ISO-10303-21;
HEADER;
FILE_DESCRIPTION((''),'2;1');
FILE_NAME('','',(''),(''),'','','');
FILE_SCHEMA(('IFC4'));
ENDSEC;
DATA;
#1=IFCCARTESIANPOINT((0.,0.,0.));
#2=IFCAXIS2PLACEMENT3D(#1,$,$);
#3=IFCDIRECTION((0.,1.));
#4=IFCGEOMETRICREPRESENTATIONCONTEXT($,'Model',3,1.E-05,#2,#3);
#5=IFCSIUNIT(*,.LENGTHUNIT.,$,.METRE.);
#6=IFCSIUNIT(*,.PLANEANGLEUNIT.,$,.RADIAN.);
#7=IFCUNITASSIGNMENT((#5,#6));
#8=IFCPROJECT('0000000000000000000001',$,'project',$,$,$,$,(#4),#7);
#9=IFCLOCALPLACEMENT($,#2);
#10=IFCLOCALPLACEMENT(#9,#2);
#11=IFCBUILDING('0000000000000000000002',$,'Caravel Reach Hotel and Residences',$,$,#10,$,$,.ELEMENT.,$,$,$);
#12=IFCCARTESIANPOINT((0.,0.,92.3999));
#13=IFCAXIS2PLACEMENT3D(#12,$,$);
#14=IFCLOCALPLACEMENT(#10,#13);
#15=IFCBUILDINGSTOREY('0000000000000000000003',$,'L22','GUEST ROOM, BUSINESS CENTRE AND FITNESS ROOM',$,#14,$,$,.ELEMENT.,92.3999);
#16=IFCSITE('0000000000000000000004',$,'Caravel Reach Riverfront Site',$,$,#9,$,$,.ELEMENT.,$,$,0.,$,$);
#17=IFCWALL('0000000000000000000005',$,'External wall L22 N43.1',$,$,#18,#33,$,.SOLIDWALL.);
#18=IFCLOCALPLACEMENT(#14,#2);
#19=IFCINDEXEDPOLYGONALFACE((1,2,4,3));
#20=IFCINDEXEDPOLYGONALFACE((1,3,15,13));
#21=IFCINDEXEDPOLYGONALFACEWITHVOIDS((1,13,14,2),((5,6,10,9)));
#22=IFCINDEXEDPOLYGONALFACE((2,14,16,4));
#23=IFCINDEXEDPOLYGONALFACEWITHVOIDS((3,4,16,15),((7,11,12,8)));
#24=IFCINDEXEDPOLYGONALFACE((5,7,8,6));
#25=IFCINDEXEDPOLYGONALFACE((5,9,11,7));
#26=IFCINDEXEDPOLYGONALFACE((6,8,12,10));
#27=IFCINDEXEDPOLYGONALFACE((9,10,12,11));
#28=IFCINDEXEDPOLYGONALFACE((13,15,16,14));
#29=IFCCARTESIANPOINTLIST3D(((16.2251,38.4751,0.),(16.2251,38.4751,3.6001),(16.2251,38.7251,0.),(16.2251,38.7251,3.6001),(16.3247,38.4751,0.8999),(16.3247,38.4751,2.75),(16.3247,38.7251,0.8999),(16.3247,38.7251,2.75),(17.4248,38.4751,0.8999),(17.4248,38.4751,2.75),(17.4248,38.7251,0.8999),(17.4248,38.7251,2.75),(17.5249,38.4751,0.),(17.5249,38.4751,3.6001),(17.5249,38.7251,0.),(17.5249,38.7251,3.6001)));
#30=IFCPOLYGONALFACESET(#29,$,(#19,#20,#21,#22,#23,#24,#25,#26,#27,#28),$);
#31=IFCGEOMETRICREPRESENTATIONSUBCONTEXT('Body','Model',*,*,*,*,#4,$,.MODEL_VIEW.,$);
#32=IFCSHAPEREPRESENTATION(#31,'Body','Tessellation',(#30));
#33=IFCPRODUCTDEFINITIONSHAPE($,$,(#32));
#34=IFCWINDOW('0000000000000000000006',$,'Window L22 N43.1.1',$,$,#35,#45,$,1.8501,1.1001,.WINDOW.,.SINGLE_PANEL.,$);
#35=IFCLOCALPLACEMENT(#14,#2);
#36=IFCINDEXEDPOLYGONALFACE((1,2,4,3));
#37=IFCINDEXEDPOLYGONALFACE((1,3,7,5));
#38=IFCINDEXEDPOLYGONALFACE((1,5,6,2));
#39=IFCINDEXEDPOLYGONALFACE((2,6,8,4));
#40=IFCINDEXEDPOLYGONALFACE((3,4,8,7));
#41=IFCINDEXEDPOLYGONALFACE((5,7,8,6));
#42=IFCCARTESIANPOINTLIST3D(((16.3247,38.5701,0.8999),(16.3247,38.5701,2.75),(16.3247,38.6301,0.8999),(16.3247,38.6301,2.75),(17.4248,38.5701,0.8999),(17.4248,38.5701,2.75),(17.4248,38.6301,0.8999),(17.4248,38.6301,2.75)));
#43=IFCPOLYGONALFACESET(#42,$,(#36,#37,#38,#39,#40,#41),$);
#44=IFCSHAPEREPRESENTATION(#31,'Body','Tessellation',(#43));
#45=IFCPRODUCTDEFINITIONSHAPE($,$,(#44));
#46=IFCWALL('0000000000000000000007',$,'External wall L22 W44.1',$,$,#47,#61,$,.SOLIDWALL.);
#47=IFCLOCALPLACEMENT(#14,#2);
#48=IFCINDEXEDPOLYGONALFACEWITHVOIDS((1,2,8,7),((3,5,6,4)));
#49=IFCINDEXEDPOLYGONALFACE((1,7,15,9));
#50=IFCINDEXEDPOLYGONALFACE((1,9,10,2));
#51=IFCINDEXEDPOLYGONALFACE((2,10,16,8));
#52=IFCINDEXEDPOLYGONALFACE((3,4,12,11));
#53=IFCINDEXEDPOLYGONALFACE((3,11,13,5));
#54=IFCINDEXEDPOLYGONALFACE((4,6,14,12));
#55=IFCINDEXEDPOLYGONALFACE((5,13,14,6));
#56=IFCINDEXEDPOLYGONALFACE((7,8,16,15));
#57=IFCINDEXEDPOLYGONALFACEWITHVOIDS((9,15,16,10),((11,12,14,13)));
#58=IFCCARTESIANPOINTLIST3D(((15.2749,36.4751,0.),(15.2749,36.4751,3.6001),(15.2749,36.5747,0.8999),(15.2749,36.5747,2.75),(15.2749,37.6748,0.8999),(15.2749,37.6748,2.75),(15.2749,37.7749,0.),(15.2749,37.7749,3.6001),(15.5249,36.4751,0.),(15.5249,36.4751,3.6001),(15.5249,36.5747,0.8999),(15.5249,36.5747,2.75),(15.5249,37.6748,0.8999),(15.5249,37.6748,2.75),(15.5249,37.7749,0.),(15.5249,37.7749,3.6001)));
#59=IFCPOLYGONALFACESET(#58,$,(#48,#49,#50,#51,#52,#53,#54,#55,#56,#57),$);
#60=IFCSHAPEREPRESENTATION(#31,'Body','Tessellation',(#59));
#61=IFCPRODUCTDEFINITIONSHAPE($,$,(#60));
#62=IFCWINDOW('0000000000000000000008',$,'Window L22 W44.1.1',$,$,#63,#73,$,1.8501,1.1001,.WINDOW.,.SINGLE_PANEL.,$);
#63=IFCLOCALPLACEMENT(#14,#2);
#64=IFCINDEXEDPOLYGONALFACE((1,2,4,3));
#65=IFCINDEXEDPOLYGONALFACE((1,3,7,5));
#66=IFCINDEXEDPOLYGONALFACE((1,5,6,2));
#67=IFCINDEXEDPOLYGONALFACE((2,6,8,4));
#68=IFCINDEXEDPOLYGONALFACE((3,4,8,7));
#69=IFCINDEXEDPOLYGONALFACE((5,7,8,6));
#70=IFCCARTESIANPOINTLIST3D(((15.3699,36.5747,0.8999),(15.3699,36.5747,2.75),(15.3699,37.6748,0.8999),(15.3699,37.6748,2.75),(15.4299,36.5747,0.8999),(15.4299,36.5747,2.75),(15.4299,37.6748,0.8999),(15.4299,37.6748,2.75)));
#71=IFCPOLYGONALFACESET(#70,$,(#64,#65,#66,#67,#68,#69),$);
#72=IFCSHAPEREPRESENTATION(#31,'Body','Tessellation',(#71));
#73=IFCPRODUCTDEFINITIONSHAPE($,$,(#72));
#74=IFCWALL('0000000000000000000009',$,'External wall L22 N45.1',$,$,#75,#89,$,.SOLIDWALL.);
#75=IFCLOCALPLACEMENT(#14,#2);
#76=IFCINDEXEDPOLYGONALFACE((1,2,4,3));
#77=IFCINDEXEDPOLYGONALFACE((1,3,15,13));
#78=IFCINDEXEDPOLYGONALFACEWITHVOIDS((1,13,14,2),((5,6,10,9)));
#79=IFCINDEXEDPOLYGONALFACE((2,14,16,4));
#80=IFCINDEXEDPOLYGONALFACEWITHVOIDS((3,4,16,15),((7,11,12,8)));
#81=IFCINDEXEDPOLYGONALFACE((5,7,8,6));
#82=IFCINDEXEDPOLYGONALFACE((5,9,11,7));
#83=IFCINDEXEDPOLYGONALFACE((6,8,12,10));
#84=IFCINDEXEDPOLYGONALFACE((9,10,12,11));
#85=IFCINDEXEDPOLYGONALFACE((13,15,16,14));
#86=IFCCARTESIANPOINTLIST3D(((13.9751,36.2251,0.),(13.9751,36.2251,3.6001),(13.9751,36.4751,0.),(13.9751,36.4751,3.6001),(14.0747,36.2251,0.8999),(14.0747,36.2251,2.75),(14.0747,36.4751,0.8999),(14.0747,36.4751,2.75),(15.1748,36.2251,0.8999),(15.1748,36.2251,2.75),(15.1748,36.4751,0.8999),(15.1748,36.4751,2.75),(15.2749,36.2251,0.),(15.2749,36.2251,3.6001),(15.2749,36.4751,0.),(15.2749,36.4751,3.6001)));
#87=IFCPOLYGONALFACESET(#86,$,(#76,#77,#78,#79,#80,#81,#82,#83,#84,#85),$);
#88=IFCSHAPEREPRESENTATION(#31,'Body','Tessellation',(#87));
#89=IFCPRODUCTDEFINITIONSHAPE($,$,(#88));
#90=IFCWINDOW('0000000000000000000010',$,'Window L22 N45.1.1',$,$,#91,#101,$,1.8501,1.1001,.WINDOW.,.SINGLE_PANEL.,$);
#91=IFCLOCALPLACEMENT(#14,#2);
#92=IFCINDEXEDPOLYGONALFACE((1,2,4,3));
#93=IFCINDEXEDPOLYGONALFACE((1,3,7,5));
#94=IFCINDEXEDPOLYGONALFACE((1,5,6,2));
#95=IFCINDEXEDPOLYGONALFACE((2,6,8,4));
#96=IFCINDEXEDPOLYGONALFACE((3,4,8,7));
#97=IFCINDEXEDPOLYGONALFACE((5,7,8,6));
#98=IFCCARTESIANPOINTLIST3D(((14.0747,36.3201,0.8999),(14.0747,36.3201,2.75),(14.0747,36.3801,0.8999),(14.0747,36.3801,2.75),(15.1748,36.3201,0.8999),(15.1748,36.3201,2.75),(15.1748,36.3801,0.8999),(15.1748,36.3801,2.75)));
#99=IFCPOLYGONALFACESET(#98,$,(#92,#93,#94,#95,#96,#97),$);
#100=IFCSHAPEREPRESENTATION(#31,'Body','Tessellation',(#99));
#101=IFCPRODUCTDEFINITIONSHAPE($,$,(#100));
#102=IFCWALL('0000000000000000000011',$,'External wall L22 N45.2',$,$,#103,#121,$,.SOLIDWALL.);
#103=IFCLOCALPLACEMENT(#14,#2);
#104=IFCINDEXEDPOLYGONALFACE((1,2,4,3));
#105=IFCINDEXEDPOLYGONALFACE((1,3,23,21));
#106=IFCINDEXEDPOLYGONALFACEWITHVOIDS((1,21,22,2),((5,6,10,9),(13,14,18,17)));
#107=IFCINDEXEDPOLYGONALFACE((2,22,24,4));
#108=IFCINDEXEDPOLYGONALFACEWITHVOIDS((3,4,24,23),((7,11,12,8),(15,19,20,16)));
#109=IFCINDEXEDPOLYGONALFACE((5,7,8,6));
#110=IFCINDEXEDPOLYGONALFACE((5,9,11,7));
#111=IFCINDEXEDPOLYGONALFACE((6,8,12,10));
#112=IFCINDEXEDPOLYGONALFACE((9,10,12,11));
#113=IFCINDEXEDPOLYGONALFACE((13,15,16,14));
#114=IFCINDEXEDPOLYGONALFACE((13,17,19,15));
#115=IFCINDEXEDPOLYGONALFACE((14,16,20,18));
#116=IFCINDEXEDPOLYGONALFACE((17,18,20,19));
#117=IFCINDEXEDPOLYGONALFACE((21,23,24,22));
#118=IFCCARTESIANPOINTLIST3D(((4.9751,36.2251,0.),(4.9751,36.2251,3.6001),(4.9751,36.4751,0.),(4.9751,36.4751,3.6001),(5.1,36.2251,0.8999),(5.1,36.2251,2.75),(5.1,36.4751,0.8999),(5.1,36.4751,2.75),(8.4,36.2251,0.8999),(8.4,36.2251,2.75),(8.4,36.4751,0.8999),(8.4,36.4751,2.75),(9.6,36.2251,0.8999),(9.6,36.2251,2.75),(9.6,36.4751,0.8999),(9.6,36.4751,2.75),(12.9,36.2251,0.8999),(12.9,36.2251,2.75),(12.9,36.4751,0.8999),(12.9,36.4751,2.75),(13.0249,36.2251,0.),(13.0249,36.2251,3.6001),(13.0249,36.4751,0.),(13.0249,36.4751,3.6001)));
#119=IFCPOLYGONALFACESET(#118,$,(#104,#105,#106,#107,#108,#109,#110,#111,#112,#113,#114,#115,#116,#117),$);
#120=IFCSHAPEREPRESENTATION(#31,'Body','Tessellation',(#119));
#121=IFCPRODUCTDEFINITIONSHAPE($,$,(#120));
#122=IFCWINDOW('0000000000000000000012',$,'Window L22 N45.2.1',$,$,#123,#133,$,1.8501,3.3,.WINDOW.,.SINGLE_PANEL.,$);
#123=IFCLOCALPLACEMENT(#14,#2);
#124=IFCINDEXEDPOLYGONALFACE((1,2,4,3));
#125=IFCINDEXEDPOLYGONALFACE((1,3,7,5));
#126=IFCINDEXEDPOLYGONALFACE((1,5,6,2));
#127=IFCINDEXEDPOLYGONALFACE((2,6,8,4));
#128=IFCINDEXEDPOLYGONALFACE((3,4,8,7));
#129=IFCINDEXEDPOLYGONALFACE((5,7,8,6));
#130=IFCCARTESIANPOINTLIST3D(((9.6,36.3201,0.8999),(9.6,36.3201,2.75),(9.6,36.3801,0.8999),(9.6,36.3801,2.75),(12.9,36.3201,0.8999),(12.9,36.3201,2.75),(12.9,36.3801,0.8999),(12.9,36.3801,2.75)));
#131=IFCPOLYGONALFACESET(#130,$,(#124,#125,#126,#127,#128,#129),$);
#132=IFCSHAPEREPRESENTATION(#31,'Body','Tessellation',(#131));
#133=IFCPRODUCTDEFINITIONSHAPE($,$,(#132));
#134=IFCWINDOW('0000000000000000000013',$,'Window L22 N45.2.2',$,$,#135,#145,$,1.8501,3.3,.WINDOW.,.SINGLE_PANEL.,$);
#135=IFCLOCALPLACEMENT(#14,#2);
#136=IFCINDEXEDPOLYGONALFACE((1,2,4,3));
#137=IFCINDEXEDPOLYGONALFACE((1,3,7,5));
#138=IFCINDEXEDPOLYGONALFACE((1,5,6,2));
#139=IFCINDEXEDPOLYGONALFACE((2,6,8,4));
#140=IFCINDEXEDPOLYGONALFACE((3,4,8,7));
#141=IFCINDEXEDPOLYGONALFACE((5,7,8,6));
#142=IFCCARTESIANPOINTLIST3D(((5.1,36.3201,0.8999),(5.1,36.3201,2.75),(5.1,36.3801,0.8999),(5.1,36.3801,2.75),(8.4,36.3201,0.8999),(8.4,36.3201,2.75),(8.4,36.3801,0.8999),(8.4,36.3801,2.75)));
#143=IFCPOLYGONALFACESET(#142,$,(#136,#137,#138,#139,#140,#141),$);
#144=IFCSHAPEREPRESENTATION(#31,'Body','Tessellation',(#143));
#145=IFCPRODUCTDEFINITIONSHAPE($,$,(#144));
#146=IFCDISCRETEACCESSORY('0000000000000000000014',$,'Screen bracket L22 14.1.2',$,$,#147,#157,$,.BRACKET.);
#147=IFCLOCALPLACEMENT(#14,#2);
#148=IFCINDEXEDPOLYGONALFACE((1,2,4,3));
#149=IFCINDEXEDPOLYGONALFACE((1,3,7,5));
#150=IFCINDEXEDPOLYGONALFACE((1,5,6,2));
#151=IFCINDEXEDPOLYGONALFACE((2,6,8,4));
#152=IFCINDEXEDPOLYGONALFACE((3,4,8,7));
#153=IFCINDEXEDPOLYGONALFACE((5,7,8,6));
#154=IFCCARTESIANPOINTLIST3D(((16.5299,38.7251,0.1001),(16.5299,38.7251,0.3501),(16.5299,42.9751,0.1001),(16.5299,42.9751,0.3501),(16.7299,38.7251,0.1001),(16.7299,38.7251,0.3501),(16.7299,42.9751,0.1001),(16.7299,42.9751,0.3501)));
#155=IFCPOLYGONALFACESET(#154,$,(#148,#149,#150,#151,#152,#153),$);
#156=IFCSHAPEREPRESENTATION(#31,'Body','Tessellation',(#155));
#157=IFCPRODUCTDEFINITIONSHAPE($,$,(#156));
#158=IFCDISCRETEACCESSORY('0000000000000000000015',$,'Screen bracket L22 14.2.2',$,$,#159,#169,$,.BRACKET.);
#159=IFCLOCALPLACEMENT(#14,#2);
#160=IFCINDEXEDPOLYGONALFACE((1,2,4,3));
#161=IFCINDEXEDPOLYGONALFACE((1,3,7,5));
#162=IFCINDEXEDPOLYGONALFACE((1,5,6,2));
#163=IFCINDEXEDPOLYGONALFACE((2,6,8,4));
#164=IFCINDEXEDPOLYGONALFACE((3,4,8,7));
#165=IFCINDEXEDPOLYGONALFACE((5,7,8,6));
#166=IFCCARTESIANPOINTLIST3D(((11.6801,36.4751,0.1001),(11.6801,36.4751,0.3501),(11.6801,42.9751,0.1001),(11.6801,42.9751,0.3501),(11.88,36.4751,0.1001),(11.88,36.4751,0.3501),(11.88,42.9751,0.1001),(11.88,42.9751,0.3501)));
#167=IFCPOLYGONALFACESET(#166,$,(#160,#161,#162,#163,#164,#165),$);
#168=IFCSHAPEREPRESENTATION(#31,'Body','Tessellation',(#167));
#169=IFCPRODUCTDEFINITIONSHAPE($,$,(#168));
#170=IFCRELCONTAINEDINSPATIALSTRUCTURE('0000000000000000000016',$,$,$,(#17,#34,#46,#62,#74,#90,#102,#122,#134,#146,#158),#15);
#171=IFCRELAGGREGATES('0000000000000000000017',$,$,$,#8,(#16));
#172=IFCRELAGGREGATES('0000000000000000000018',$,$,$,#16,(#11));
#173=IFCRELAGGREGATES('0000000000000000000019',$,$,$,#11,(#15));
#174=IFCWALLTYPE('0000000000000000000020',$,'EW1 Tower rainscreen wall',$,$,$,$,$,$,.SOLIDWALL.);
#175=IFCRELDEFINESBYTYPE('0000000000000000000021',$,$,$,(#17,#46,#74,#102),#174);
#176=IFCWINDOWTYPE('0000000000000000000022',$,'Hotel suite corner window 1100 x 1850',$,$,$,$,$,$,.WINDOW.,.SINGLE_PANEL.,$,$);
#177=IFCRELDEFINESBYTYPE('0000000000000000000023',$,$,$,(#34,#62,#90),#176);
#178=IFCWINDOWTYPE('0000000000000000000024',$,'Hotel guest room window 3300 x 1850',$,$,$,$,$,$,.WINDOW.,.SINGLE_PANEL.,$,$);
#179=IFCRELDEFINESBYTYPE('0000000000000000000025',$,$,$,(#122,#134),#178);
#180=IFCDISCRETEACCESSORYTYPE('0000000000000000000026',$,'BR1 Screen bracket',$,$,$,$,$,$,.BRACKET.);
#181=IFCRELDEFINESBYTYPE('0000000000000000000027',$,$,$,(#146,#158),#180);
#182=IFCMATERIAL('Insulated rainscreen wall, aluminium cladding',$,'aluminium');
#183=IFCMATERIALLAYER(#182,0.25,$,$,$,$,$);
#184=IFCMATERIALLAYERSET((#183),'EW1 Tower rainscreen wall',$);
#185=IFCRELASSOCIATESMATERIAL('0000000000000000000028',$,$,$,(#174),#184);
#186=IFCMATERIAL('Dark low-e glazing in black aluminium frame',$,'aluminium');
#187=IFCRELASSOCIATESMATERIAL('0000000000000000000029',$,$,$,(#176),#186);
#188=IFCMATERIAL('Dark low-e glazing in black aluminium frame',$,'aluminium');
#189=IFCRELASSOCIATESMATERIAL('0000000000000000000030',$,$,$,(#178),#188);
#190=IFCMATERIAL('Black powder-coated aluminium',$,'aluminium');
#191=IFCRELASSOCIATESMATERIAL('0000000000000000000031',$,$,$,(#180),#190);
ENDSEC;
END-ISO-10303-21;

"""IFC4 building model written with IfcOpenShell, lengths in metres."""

from ifc_helpers import new_model, si_unit, direction, frame, frame_2d, origin, origin_2d, place, context, subcontext, project, spatial, rectangle, extrude, material, layer, layer_set, type_object, element, fill, save


model = new_model("IFC4")

# Units and contexts
model_context = context("Model", 3, precision=1e-05, world=origin(), true_north=direction((0.0, 1.0)))
body_context = subcontext(model_context, "Body", "Model", "MODEL_VIEW")
ifc_project = project(units=[si_unit("LENGTHUNIT", "METRE"), si_unit("PLANEANGLEUNIT", "RADIAN")], contexts=[model_context])

# Site, building, storey
site_placement = place(None, origin())
site = spatial("IfcSite", under=ifc_project, at=site_placement, Name="Caravel Reach Riverfront Site", CompositionType="ELEMENT", RefElevation=0.0)
building_placement = place(site_placement, origin())
building = spatial("IfcBuilding", under=site, at=building_placement, Name="Caravel Reach Hotel and Residences", CompositionType="ELEMENT")
storey_placement = place(building_placement, frame((0.0, 0.0, 92.3999)))
storey = spatial("IfcBuildingStorey", under=building, at=storey_placement, Name="L22", Description="GUEST ROOM, BUSINESS CENTRE AND FITNESS ROOM", CompositionType="ELEMENT", Elevation=92.3999)

# Walls, openings, windows
ifc_material_1 = material(Name="Insulated rainscreen wall, aluminium cladding", Category="aluminium")
ifc_layer = layer(ifc_material_1, 0.25)
ifc_layer_set = layer_set([ifc_layer], Name="EW1 Tower rainscreen wall")
wall_type = type_object("IfcWallType", Name="EW1 Tower rainscreen wall", PredefinedType="SOLIDWALL", material=ifc_layer_set)
wall_1_placement = place(storey_placement, frame((17.5249, 38.6001, 0.0), z_axis=(0.0, 0.0, 1.0), x_axis=(-1.0, 0.0, 0.0)))
wall_1 = element("IfcWall", 1, at=wall_1_placement, inside=storey, type_object=wall_type, Name="External wall L22 N43.1", PredefinedType="SOLIDWALL", context=body_context, shape_type="SweptSolid", body=[
    extrude(rectangle(XDim=1.2998, YDim=0.25, at=frame_2d((0.6499, 0.0))), origin(), (0.0, 0.0, 1.0), 3.6001),
])
opening_1_placement = place(wall_1_placement, frame((0.1001, 0.0, 0.8999)))
opening_1 = element("IfcOpeningElement", 2, at=opening_1_placement, cuts=wall_1, PredefinedType="OPENING", context=body_context, shape_type="SweptSolid", body=[
    extrude(rectangle(XDim=1.1001, YDim=1.8501, at=frame_2d((0.55, 0.925))), frame((0.0, 0.135, 0.0), z_axis=(0.0, -1.0, 0.0), x_axis=(1.0, 0.0, 0.0)), (0.0, 0.0, 1.0), 0.27),
])
ifc_material_2 = material(Name="Dark low-e glazing in black aluminium frame", Category="aluminium")
window_type_1 = type_object("IfcWindowType", Name="Hotel suite corner window 1100 x 1850", PartitioningType="SINGLE_PANEL", PredefinedType="WINDOW", material=ifc_material_2)
window_1_placement = place(opening_1_placement, origin())
window_1 = element("IfcWindow", 3, at=window_1_placement, inside=storey, type_object=window_type_1, Name="Window L22 N43.1.1", OverallHeight=1.8501, OverallWidth=1.1001, PartitioningType="SINGLE_PANEL", PredefinedType="WINDOW", context=body_context, shape_type="SweptSolid", body=[
    extrude(rectangle(XDim=1.1001, YDim=1.8501, at=frame_2d((0.55, 0.925))), frame((0.0, 0.03, 0.0), z_axis=(0.0, -1.0, 0.0), x_axis=(1.0, 0.0, 0.0)), (0.0, 0.0, 1.0), 0.0601),
])
fill(opening_1, window_1)
wall_2_placement = place(storey_placement, frame((15.3999, 37.7749, 0.0), z_axis=(0.0, 0.0, 1.0), x_axis=(0.0, -1.0, 0.0)))
wall_2 = element("IfcWall", 4, at=wall_2_placement, inside=storey, type_object=wall_type, Name="External wall L22 W44.1", PredefinedType="SOLIDWALL", context=body_context, shape_type="SweptSolid", body=[
    extrude(rectangle(XDim=1.2998, YDim=0.25, at=frame_2d((0.6499, 0.0))), origin(), (0.0, 0.0, 1.0), 3.6001),
])
opening_2_placement = place(wall_2_placement, frame((0.1001, 0.0, 0.8999)))
opening_2 = element("IfcOpeningElement", 5, at=opening_2_placement, cuts=wall_2, PredefinedType="OPENING", context=body_context, shape_type="SweptSolid", body=[
    extrude(rectangle(XDim=1.1001, YDim=1.8501, at=frame_2d((0.55, 0.925))), frame((0.0, 0.135, 0.0), z_axis=(0.0, -1.0, 0.0), x_axis=(1.0, 0.0, 0.0)), (0.0, 0.0, 1.0), 0.27),
])
window_2_placement = place(opening_2_placement, origin())
window_2 = element("IfcWindow", 6, at=window_2_placement, inside=storey, type_object=window_type_1, Name="Window L22 W44.1.1", OverallHeight=1.8501, OverallWidth=1.1001, PartitioningType="SINGLE_PANEL", PredefinedType="WINDOW", context=body_context, shape_type="SweptSolid", body=[
    extrude(rectangle(XDim=1.1001, YDim=1.8501, at=frame_2d((0.55, 0.925))), frame((0.0, 0.03, 0.0), z_axis=(0.0, -1.0, 0.0), x_axis=(1.0, 0.0, 0.0)), (0.0, 0.0, 1.0), 0.0601),
])
fill(opening_2, window_2)
wall_3_placement = place(storey_placement, frame((15.2749, 36.3501, 0.0), z_axis=(0.0, 0.0, 1.0), x_axis=(-1.0, 0.0, 0.0)))
wall_3 = element("IfcWall", 7, at=wall_3_placement, inside=storey, type_object=wall_type, Name="External wall L22 N45.1", PredefinedType="SOLIDWALL", context=body_context, shape_type="SweptSolid", body=[
    extrude(rectangle(XDim=1.2998, YDim=0.25, at=frame_2d((0.6499, 0.0))), origin(), (0.0, 0.0, 1.0), 3.6001),
])
opening_3_placement = place(wall_3_placement, frame((0.1001, 0.0, 0.8999)))
opening_3 = element("IfcOpeningElement", 8, at=opening_3_placement, cuts=wall_3, PredefinedType="OPENING", context=body_context, shape_type="SweptSolid", body=[
    extrude(rectangle(XDim=1.1001, YDim=1.8501, at=frame_2d((0.55, 0.925))), frame((0.0, 0.135, 0.0), z_axis=(0.0, -1.0, 0.0), x_axis=(1.0, 0.0, 0.0)), (0.0, 0.0, 1.0), 0.27),
])
window_3_placement = place(opening_3_placement, origin())
window_3 = element("IfcWindow", 9, at=window_3_placement, inside=storey, type_object=window_type_1, Name="Window L22 N45.1.1", OverallHeight=1.8501, OverallWidth=1.1001, PartitioningType="SINGLE_PANEL", PredefinedType="WINDOW", context=body_context, shape_type="SweptSolid", body=[
    extrude(rectangle(XDim=1.1001, YDim=1.8501, at=frame_2d((0.55, 0.925))), frame((0.0, 0.03, 0.0), z_axis=(0.0, -1.0, 0.0), x_axis=(1.0, 0.0, 0.0)), (0.0, 0.0, 1.0), 0.0601),
])
fill(opening_3, window_3)

# Wall, openings, windows
wall_4_placement = place(storey_placement, frame((13.0249, 36.3501, 0.0), z_axis=(0.0, 0.0, 1.0), x_axis=(-1.0, 0.0, 0.0)))
wall_4 = element("IfcWall", 10, at=wall_4_placement, inside=storey, type_object=wall_type, Name="External wall L22 N45.2", PredefinedType="SOLIDWALL", context=body_context, shape_type="SweptSolid", body=[
    extrude(rectangle(XDim=8.0498, YDim=0.25, at=frame_2d((4.0249, 0.0))), origin(), (0.0, 0.0, 1.0), 3.6001),
])
opening_4_placement = place(wall_4_placement, frame((0.125, 0.0, 0.8999)))
opening_4 = element("IfcOpeningElement", 11, at=opening_4_placement, cuts=wall_4, PredefinedType="OPENING", context=body_context, shape_type="SweptSolid", body=[
    extrude(rectangle(XDim=3.3, YDim=1.8501, at=frame_2d((1.6499, 0.925))), frame((0.0, 0.135, 0.0), z_axis=(0.0, -1.0, 0.0), x_axis=(1.0, 0.0, 0.0)), (0.0, 0.0, 1.0), 0.27),
])
opening_5_placement = place(wall_4_placement, frame((4.625, 0.0, 0.8999)))
opening_5 = element("IfcOpeningElement", 12, at=opening_5_placement, cuts=wall_4, PredefinedType="OPENING", context=body_context, shape_type="SweptSolid", body=[
    extrude(rectangle(XDim=3.3, YDim=1.8501, at=frame_2d((1.6499, 0.925))), frame((0.0, 0.135, 0.0), z_axis=(0.0, -1.0, 0.0), x_axis=(1.0, 0.0, 0.0)), (0.0, 0.0, 1.0), 0.27),
])
ifc_material_3 = material(Name="Dark low-e glazing in black aluminium frame", Category="aluminium")
window_type_2 = type_object("IfcWindowType", Name="Hotel guest room window 3300 x 1850", PartitioningType="SINGLE_PANEL", PredefinedType="WINDOW", material=ifc_material_3)
window_4_placement = place(opening_4_placement, origin())
window_4 = element("IfcWindow", 13, at=window_4_placement, inside=storey, type_object=window_type_2, Name="Window L22 N45.2.1", OverallHeight=1.8501, OverallWidth=3.3, PartitioningType="SINGLE_PANEL", PredefinedType="WINDOW", context=body_context, shape_type="SweptSolid", body=[
    extrude(rectangle(XDim=3.3, YDim=1.8501, at=frame_2d((1.6499, 0.925))), frame((0.0, 0.03, 0.0), z_axis=(0.0, -1.0, 0.0), x_axis=(1.0, 0.0, 0.0)), (0.0, 0.0, 1.0), 0.0601),
])
fill(opening_4, window_4)
window_5_placement = place(opening_5_placement, origin())
window_5 = element("IfcWindow", 14, at=window_5_placement, inside=storey, type_object=window_type_2, Name="Window L22 N45.2.2", OverallHeight=1.8501, OverallWidth=3.3, PartitioningType="SINGLE_PANEL", PredefinedType="WINDOW", context=body_context, shape_type="SweptSolid", body=[
    extrude(rectangle(XDim=3.3, YDim=1.8501, at=frame_2d((1.6499, 0.925))), frame((0.0, 0.03, 0.0), z_axis=(0.0, -1.0, 0.0), x_axis=(1.0, 0.0, 0.0)), (0.0, 0.0, 1.0), 0.0601),
])
fill(opening_5, window_5)

# Discrete accessories
ifc_material_4 = material(Name="Black powder-coated aluminium", Category="aluminium")
discrete_accessory_type = type_object("IfcDiscreteAccessoryType", Name="BR1 Screen bracket", PredefinedType="BRACKET", material=ifc_material_4)
discrete_accessory_placement = place(storey_placement, frame((16.6299, 40.8501, 0.1001), z_axis=(0.0, 0.0, 1.0), x_axis=(0.0, 1.0, 0.0)))
element("IfcDiscreteAccessory", 15, at=discrete_accessory_placement, inside=storey, type_object=discrete_accessory_type, Name="Screen bracket L22 14.1.2", PredefinedType="BRACKET", context=body_context, shape_type="SweptSolid", body=[
    extrude(rectangle(XDim=4.25, YDim=0.2, at=origin_2d()), origin(), (0.0, 0.0, 1.0), 0.25),
])
for number, where, z_axis, x_axis, name in (
    (16, (11.78, 39.7251, 0.1001), (0.0, 0.0, 1.0), (0.0, 1.0, 0.0), "Screen bracket L22 14.2.2"),
):
    element("IfcDiscreteAccessory", number, at=place(storey_placement, frame(where, z_axis=z_axis, x_axis=x_axis)), inside=storey, type_object=discrete_accessory_type, Name=name, PredefinedType="BRACKET", context=body_context, shape_type="SweptSolid", body=[
        extrude(rectangle(XDim=6.5, YDim=0.2, at=origin_2d()), origin(), (0.0, 0.0, 1.0), 0.25),
    ])

save(model, "model.ifc")
